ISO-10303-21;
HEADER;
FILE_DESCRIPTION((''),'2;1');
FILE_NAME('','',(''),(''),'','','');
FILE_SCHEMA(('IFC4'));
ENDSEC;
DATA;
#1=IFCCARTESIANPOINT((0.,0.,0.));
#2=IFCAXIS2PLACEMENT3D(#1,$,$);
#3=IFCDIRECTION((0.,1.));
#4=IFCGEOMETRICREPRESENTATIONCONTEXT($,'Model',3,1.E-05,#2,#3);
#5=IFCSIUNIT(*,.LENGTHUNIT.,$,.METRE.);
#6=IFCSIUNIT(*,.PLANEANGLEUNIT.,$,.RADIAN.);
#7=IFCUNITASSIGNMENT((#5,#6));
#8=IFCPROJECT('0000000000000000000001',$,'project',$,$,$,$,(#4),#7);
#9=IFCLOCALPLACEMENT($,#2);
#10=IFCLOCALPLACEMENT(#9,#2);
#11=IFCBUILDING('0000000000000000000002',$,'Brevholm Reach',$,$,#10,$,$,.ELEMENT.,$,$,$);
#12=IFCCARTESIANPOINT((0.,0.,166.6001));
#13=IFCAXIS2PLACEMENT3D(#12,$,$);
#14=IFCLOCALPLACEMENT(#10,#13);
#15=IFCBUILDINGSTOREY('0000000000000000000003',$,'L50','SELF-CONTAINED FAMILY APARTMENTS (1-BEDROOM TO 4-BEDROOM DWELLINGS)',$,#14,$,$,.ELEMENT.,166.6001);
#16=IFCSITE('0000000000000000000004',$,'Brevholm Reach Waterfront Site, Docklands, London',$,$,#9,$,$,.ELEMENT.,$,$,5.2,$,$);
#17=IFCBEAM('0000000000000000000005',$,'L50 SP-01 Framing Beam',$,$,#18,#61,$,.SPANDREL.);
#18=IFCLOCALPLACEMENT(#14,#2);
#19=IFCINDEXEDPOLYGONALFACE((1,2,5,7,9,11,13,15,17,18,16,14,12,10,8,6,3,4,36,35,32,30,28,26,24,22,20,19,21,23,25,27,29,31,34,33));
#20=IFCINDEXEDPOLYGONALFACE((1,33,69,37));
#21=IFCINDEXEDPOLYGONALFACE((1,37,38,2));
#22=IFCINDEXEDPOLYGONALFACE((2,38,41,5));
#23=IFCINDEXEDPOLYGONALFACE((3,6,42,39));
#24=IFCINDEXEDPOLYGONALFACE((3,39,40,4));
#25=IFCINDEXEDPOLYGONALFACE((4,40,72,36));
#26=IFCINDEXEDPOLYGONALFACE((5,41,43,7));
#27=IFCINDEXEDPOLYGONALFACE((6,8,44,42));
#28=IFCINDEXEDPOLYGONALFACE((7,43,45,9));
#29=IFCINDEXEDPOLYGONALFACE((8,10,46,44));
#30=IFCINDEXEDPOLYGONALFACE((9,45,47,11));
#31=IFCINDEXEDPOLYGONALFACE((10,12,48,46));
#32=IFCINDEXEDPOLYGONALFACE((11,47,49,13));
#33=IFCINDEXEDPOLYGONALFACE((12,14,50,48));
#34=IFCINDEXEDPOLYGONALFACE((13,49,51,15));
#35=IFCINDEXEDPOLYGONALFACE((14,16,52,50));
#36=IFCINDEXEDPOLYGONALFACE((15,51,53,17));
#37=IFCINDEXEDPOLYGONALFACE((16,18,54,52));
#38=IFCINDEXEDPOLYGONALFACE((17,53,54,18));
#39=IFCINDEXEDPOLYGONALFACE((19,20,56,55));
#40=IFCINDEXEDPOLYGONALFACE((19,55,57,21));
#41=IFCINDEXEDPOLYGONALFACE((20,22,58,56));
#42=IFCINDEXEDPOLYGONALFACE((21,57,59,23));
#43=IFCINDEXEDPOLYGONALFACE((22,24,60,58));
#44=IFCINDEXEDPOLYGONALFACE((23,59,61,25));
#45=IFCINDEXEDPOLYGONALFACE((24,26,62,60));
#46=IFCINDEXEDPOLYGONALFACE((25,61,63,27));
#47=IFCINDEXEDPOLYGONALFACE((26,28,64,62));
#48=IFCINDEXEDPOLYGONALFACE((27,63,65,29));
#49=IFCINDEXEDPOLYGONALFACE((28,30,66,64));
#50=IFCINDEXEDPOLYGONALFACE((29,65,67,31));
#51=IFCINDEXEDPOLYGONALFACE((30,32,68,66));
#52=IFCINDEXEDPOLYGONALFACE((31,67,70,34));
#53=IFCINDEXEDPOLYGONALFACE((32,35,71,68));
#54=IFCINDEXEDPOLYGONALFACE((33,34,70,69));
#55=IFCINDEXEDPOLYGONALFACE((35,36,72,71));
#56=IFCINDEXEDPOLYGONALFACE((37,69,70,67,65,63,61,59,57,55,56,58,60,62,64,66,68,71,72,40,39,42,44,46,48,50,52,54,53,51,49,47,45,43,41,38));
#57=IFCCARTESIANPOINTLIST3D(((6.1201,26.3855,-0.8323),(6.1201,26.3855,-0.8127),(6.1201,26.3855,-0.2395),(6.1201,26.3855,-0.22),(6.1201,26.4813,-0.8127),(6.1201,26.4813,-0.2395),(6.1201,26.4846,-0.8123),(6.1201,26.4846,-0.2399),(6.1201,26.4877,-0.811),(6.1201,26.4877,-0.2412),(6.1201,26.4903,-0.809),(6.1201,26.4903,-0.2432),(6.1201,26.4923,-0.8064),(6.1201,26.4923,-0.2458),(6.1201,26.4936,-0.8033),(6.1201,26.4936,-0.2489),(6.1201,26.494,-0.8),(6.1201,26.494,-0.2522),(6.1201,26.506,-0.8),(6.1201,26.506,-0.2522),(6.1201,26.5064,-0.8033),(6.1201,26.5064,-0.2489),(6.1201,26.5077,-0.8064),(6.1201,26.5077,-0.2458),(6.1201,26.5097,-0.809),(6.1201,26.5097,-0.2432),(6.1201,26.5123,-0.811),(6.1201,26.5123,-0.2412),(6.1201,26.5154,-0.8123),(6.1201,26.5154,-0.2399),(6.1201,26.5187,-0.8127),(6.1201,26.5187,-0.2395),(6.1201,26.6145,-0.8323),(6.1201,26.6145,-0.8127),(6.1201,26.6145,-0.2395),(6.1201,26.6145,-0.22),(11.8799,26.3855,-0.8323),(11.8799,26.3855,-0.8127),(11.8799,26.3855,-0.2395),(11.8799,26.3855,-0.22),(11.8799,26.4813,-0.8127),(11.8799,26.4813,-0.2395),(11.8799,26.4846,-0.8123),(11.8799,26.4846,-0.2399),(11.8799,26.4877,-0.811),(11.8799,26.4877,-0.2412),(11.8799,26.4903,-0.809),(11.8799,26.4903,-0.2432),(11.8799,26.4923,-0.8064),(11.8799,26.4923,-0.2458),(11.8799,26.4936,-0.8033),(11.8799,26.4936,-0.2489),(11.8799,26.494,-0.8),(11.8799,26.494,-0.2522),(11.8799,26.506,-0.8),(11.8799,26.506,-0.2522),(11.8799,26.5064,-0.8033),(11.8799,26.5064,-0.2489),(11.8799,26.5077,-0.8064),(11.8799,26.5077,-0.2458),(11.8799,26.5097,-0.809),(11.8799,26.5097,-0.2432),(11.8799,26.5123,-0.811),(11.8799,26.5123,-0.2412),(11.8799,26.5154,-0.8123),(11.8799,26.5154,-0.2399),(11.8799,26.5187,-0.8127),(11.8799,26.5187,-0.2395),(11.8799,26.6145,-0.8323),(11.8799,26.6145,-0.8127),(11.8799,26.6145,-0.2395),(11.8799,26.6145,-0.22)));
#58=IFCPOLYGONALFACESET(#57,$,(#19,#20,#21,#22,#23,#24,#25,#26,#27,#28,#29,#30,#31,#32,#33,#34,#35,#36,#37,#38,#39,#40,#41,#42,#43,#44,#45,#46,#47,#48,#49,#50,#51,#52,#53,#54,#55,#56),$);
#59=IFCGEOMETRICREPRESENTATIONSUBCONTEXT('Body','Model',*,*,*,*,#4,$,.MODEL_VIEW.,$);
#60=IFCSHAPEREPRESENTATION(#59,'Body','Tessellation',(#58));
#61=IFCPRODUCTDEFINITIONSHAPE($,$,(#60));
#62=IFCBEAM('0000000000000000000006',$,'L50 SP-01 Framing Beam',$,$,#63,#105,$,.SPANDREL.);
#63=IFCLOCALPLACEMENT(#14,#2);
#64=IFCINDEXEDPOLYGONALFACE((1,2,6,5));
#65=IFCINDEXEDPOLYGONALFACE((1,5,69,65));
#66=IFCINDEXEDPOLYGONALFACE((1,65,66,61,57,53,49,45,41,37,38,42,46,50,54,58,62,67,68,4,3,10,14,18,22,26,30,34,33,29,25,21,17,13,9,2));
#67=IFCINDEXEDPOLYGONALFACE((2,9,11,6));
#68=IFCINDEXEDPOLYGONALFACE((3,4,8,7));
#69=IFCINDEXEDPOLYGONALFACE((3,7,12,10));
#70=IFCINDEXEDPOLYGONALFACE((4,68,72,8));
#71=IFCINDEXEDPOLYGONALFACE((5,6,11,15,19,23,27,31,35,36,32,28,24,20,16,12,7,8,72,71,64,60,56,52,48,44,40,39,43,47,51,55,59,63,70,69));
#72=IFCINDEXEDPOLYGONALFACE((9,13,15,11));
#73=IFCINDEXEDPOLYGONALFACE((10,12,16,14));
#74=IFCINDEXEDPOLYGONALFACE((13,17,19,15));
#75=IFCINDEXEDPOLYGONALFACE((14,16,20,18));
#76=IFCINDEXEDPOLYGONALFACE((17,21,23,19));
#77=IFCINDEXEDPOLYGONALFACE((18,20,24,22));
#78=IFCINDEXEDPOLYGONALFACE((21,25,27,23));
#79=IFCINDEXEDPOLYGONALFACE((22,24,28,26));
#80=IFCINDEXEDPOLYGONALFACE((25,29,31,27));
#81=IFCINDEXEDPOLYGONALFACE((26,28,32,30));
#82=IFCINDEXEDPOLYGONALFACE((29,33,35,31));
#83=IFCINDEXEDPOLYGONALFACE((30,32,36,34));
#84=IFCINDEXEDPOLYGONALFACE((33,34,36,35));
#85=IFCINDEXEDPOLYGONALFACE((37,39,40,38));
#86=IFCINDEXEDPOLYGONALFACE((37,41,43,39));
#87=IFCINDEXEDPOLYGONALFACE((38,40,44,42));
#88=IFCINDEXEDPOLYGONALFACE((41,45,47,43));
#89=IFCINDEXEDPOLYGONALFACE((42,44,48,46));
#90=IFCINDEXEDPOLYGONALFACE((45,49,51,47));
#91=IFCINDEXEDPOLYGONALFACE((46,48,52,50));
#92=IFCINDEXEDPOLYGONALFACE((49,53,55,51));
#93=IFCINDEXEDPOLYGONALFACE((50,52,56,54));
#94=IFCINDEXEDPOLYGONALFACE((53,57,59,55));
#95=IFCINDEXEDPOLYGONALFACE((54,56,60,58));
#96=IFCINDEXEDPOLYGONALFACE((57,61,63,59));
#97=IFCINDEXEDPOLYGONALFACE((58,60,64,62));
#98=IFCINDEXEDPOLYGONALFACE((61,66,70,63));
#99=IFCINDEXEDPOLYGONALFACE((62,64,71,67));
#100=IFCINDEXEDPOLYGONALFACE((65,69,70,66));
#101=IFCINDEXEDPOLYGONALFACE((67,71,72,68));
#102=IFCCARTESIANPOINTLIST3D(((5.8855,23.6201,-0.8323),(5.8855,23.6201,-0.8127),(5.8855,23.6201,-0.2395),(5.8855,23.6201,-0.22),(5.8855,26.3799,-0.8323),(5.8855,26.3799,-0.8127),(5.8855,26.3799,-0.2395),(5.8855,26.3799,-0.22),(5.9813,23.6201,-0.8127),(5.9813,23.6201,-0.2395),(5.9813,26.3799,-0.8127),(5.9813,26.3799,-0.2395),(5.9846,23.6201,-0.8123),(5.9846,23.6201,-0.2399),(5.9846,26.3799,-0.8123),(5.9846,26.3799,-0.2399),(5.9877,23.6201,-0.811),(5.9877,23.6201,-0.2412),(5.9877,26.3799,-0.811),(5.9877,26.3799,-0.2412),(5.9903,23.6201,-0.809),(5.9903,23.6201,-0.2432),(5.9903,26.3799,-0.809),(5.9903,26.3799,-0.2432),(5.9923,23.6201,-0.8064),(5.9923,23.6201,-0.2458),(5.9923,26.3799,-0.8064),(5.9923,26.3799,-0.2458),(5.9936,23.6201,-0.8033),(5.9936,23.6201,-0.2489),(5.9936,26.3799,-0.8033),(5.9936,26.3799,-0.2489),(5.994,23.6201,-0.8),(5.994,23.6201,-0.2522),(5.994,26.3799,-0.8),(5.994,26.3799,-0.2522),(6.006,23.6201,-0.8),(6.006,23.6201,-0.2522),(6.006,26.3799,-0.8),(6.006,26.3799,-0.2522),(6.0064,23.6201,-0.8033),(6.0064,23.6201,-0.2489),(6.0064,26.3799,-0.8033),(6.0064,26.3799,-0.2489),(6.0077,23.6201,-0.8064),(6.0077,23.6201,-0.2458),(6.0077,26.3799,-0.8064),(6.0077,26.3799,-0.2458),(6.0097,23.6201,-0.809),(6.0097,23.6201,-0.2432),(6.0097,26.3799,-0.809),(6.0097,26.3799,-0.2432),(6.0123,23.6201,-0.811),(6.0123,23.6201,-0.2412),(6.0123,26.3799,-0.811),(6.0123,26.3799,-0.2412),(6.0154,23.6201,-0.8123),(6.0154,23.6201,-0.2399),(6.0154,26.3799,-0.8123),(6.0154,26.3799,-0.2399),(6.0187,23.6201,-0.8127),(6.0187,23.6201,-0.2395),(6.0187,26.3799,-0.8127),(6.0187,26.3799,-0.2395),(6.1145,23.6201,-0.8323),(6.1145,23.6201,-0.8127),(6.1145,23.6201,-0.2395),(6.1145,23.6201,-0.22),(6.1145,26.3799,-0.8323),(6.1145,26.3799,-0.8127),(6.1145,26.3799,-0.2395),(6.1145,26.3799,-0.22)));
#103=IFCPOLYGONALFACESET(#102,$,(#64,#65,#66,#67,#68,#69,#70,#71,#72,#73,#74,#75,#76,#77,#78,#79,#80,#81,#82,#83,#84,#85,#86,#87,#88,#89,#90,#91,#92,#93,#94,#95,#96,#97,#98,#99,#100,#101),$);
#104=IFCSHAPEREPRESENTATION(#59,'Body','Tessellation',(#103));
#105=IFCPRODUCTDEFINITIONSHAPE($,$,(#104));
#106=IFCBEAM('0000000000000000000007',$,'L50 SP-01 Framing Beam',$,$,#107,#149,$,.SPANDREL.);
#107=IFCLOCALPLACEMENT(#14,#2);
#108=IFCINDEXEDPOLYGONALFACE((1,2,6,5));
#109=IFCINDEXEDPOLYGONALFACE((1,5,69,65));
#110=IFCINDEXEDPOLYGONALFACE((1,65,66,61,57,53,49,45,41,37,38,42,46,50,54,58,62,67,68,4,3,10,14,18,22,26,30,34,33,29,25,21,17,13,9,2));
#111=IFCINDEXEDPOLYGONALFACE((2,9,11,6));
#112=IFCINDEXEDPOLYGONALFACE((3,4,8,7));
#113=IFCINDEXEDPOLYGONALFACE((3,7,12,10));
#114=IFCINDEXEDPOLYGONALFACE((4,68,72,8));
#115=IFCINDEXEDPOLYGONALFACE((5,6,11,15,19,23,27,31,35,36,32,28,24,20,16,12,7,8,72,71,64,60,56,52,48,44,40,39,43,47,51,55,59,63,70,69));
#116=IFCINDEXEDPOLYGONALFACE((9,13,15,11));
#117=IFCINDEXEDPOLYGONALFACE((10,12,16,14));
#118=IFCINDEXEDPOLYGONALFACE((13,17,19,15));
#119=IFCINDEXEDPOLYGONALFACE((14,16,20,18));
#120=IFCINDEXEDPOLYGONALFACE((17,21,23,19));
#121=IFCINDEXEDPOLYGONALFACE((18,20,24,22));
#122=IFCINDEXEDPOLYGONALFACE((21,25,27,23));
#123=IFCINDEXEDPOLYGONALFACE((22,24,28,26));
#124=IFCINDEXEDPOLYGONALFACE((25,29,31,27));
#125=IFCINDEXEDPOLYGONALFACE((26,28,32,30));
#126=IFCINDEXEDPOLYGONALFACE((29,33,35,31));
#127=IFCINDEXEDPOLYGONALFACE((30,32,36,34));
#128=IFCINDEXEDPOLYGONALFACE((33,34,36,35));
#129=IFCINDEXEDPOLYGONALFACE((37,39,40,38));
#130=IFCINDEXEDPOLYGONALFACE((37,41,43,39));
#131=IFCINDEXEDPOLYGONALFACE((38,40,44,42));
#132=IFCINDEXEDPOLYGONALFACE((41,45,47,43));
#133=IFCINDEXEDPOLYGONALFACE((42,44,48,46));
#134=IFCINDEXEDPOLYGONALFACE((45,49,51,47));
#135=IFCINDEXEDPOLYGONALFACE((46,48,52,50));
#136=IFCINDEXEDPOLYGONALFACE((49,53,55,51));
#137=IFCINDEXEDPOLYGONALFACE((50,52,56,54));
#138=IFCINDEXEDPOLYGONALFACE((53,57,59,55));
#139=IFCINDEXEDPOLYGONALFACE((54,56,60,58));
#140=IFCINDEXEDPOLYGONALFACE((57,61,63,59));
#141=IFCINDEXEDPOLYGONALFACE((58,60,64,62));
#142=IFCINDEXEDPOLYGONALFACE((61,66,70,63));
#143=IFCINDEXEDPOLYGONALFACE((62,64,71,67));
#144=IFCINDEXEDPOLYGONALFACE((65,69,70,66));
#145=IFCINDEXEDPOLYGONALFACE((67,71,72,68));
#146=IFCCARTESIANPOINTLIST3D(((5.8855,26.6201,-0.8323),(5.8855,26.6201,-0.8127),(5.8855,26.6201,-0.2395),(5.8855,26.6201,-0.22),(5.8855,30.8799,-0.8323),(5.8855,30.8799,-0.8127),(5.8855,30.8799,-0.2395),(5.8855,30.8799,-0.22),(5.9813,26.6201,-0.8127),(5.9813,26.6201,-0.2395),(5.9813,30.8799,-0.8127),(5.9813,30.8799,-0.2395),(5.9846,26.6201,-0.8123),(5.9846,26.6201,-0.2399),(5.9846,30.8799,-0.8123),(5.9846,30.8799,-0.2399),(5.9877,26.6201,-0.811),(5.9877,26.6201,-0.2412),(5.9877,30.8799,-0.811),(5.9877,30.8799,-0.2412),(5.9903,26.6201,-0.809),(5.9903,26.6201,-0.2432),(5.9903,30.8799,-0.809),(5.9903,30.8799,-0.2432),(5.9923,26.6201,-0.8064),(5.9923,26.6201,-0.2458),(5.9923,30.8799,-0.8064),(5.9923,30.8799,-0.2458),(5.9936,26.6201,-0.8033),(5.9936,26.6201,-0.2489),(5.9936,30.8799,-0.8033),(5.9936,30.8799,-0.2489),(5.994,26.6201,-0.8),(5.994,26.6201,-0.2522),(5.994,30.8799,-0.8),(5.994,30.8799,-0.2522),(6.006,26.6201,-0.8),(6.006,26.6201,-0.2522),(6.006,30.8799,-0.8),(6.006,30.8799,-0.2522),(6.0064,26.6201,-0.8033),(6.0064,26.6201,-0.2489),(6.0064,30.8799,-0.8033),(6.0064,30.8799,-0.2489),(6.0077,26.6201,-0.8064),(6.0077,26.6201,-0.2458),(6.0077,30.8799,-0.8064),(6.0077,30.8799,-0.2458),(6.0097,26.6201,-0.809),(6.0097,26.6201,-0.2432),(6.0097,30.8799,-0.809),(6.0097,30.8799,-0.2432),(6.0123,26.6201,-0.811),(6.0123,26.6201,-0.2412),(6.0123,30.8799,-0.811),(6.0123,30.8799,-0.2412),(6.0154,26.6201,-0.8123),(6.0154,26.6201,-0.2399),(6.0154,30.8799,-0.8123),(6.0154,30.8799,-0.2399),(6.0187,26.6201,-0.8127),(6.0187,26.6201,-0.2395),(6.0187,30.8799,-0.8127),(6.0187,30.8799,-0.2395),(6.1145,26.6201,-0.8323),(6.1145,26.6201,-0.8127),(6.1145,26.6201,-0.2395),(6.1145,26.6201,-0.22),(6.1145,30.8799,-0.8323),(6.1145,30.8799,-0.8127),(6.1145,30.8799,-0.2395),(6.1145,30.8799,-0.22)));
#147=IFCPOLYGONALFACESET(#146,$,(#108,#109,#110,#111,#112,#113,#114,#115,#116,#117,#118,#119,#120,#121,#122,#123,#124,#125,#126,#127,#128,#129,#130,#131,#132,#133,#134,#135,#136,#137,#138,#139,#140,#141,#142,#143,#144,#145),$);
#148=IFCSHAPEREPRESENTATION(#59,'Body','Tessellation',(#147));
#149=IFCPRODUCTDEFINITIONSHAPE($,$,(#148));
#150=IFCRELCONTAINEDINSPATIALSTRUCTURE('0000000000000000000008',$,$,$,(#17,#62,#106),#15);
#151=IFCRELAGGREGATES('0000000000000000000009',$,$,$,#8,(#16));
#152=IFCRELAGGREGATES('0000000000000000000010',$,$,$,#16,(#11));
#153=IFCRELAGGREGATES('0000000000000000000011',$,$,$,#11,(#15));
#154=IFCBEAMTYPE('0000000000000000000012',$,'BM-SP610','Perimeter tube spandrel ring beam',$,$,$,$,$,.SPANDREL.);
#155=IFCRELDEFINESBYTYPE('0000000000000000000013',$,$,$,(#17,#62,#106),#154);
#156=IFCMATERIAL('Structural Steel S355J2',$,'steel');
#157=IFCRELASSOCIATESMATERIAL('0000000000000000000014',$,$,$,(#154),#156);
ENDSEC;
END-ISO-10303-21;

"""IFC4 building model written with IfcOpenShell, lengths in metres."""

from ifc_helpers import new_model, si_unit, direction, frame, origin, origin_2d, place, context, subcontext, project, spatial, i_section, extrude, material, material_profile, profile_set, type_object, element, save


model = new_model("IFC4")

# Units and contexts
model_context = context("Model", 3, precision=1e-05, world=origin(), true_north=direction((0.0, 1.0)))
body_context = subcontext(model_context, "Body", "Model", "MODEL_VIEW")
ifc_project = project(units=[si_unit("LENGTHUNIT", "METRE"), si_unit("PLANEANGLEUNIT", "RADIAN")], contexts=[model_context])

# Site, building, storey
site_placement = place(None, origin())
site = spatial("IfcSite", under=ifc_project, at=site_placement, Name="Brevholm Reach Waterfront Site, Docklands, London", CompositionType="ELEMENT", RefElevation=5.2)
building_placement = place(site_placement, origin())
building = spatial("IfcBuilding", under=site, at=building_placement, Name="Brevholm Reach", CompositionType="ELEMENT")
storey_placement = place(building_placement, frame((0.0, 0.0, 166.6001)))
storey = spatial("IfcBuildingStorey", under=building, at=storey_placement, Name="L50", Description="SELF-CONTAINED FAMILY APARTMENTS (1-BEDROOM TO 4-BEDROOM DWELLINGS)", CompositionType="ELEMENT", Elevation=166.6001)

# Beams
ifc_material_1 = material(Name="Structural Steel S355J2", Category="steel")
ifc_material_profile_1 = material_profile(ifc_material_1, i_section(OverallWidth=0.229, OverallDepth=0.6123, WebThickness=0.012, FlangeThickness=0.0195, FilletRadius=0.0127, at=origin_2d()), Name="UKB 610x229x125")
ifc_profile_set_1 = profile_set([ifc_material_profile_1], Name="Structural Steel S355J2")
beam_type_1 = type_object("IfcBeamType", Name="BM-SP610", Description="Perimeter tube spandrel ring beam", PredefinedType="SPANDREL", material=ifc_profile_set_1)
for number, where, z_axis, x_axis, name in (
    (1, (6.1201, 26.5, -0.5261), (1.0, 0.0, 0.0), (0.0, 1.0, 0.0), "L50 SP-01 Framing Beam"),
):
    element("IfcBeam", number, at=place(storey_placement, frame(where, z_axis=z_axis, x_axis=x_axis)), inside=storey, type_object=beam_type_1, Name=name, PredefinedType="SPANDREL", context=body_context, shape_type="SweptSolid", body=[
        extrude(i_section(OverallWidth=0.229, OverallDepth=0.6123, WebThickness=0.012, FlangeThickness=0.0195, FilletRadius=0.0127, at=origin_2d()), origin(), (0.0, 0.0, 1.0), 5.7598),
    ])
beam_1_placement = place(storey_placement, frame((6.0, 23.6201, -0.5261), z_axis=(0.0, 1.0, 0.0), x_axis=(-1.0, 0.0, 0.0)))
element("IfcBeam", 2, at=beam_1_placement, inside=storey, type_object=beam_type_1, Name="L50 SP-01 Framing Beam", PredefinedType="SPANDREL", context=body_context, shape_type="SweptSolid", body=[
    extrude(i_section(OverallWidth=0.229, OverallDepth=0.6123, WebThickness=0.012, FlangeThickness=0.0195, FilletRadius=0.0127, at=origin_2d()), origin(), (0.0, 0.0, 1.0), 2.7598),
])
beam_2_placement = place(storey_placement, frame((6.0, 26.6201, -0.5261), z_axis=(0.0, 1.0, 0.0), x_axis=(-1.0, 0.0, 0.0)))
element("IfcBeam", 3, at=beam_2_placement, inside=storey, type_object=beam_type_1, Name="L50 SP-01 Framing Beam", PredefinedType="SPANDREL", context=body_context, shape_type="SweptSolid", body=[
    extrude(i_section(OverallWidth=0.229, OverallDepth=0.6123, WebThickness=0.012, FlangeThickness=0.0195, FilletRadius=0.0127, at=origin_2d()), origin(), (0.0, 0.0, 1.0), 4.2598),
])

save(model, "model.ifc")
